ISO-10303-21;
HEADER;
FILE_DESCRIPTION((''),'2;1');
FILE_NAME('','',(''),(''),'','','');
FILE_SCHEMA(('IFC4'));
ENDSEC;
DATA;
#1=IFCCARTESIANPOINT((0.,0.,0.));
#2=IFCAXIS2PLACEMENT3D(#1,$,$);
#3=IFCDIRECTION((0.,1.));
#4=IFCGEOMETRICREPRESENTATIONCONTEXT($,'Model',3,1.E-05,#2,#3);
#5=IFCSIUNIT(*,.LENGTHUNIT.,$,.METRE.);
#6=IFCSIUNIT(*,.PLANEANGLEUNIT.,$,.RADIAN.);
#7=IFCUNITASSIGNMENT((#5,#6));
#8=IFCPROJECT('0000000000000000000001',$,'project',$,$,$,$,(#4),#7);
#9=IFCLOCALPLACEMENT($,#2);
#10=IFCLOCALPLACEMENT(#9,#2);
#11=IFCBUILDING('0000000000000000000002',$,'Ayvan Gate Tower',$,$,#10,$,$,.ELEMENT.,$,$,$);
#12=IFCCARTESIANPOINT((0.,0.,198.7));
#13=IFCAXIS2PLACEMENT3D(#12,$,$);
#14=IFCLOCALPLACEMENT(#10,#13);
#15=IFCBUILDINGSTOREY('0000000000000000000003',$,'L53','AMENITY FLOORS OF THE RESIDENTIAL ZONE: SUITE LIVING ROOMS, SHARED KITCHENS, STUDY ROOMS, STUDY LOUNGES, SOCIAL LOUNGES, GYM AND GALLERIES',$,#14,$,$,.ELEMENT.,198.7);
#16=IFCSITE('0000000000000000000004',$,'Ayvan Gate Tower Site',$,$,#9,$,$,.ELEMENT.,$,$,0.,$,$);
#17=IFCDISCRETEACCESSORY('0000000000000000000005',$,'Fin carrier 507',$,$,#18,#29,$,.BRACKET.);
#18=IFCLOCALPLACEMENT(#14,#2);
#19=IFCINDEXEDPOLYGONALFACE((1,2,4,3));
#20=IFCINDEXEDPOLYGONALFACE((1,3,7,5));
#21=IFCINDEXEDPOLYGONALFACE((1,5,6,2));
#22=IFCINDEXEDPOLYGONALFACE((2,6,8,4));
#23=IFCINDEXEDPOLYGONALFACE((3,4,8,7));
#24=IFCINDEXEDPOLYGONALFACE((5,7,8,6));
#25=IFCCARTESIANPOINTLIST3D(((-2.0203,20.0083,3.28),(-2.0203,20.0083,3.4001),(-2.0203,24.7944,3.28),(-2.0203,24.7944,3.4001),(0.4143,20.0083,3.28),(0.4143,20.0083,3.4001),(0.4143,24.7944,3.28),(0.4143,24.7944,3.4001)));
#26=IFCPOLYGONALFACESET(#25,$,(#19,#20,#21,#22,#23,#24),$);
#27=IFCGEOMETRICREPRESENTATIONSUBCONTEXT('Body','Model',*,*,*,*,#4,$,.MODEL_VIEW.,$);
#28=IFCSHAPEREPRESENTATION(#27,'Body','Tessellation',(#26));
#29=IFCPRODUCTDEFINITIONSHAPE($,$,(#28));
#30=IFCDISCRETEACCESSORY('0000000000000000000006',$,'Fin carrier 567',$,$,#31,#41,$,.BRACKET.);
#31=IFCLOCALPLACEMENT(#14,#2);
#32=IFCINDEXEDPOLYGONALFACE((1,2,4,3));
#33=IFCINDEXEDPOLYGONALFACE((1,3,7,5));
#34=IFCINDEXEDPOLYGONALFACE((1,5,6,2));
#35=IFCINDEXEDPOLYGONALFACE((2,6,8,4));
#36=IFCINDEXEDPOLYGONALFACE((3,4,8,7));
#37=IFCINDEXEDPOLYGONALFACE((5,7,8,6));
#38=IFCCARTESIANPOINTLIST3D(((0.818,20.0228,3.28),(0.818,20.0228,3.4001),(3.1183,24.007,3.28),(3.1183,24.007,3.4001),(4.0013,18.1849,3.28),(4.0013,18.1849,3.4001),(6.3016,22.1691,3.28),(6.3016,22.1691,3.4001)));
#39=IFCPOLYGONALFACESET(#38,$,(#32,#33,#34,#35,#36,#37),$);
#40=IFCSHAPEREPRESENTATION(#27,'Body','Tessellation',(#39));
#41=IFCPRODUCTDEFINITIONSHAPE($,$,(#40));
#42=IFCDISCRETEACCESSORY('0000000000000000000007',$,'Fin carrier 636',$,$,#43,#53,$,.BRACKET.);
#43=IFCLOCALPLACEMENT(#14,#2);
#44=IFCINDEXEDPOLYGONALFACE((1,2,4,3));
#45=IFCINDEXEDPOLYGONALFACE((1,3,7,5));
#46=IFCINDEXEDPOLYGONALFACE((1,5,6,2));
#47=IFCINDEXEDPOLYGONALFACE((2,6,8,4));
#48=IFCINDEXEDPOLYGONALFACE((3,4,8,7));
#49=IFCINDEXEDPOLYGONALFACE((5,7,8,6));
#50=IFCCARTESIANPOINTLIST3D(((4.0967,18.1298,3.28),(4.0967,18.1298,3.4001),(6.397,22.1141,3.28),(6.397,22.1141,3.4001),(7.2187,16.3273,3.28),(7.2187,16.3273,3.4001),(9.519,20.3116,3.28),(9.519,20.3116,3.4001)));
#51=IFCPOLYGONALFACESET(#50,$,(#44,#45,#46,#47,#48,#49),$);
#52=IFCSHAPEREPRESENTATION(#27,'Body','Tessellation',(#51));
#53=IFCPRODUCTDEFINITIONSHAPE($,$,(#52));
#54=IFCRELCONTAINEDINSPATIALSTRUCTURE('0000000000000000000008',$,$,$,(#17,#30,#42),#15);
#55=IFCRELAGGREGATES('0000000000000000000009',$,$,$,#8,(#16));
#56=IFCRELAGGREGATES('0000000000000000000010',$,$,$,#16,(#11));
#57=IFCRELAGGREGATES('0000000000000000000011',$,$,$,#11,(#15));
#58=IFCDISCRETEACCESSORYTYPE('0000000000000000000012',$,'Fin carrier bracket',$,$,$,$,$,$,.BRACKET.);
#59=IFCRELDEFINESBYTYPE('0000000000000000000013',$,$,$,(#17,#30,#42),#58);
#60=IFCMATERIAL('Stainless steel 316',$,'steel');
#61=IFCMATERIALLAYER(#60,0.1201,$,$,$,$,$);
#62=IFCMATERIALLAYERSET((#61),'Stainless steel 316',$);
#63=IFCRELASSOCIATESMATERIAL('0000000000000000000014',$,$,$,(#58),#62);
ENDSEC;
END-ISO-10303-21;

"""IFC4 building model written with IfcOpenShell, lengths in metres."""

from ifc_helpers import new_model, si_unit, direction, frame, origin, origin_2d, place, context, subcontext, project, spatial, rectangle, extrude, material, layer, layer_set, type_object, element, save


model = new_model("IFC4")

# Units and contexts
model_context = context("Model", 3, precision=1e-05, world=origin(), true_north=direction((0.0, 1.0)))
body_context = subcontext(model_context, "Body", "Model", "MODEL_VIEW")
ifc_project = project(units=[si_unit("LENGTHUNIT", "METRE"), si_unit("PLANEANGLEUNIT", "RADIAN")], contexts=[model_context])

# Site, building, storey
site_placement = place(None, origin())
site = spatial("IfcSite", under=ifc_project, at=site_placement, Name="Ayvan Gate Tower Site", CompositionType="ELEMENT", RefElevation=0.0)
building_placement = place(site_placement, origin())
building = spatial("IfcBuilding", under=site, at=building_placement, Name="Ayvan Gate Tower", CompositionType="ELEMENT")
storey_placement = place(building_placement, frame((0.0, 0.0, 198.7)))
storey = spatial("IfcBuildingStorey", under=building, at=storey_placement, Name="L53", Description="AMENITY FLOORS OF THE RESIDENTIAL ZONE: SUITE LIVING ROOMS, SHARED KITCHENS, STUDY ROOMS, STUDY LOUNGES, SOCIAL LOUNGES, GYM AND GALLERIES", CompositionType="ELEMENT", Elevation=198.7)

# Discrete accessories
ifc_material_1 = material(Name="Stainless steel 316", Category="steel")
ifc_layer_1 = layer(ifc_material_1, 0.1201)
ifc_layer_set_1 = layer_set([ifc_layer_1], Name="Stainless steel 316")
discrete_accessory_type = type_object("IfcDiscreteAccessoryType", Name="Fin carrier bracket", PredefinedType="BRACKET", material=ifc_layer_set_1)
discrete_accessory_1_placement = place(storey_placement, frame((-0.803, 22.4014, 3.28), z_axis=(0.0, 0.0, 1.0), x_axis=(-1.0, 0.0, 0.0)))
element("IfcDiscreteAccessory", 1, at=discrete_accessory_1_placement, inside=storey, type_object=discrete_accessory_type, Name="Fin carrier 507", PredefinedType="BRACKET", context=body_context, shape_type="SweptSolid", body=[
    extrude(rectangle(XDim=2.4346, YDim=4.7861, at=origin_2d()), origin(), (0.0, 0.0, 1.0), 0.1201),
])
discrete_accessory_2_placement = place(storey_placement, frame((3.5598, 21.0959, 3.28), z_axis=(0.0, 0.0, 1.0), x_axis=(-0.866025, 0.5, 0.0)))
element("IfcDiscreteAccessory", 2, at=discrete_accessory_2_placement, inside=storey, type_object=discrete_accessory_type, Name="Fin carrier 567", PredefinedType="BRACKET", context=body_context, shape_type="SweptSolid", body=[
    extrude(rectangle(XDim=3.6758, YDim=4.6006, at=origin_2d()), origin(), (0.0, 0.0, 1.0), 0.1201),
])
discrete_accessory_3_placement = place(storey_placement, frame((6.8079, 19.2207, 3.28), z_axis=(0.0, 0.0, 1.0), x_axis=(-0.866025, 0.5, 0.0)))
element("IfcDiscreteAccessory", 3, at=discrete_accessory_3_placement, inside=storey, type_object=discrete_accessory_type, Name="Fin carrier 636", PredefinedType="BRACKET", context=body_context, shape_type="SweptSolid", body=[
    extrude(rectangle(XDim=3.605, YDim=4.6006, at=origin_2d()), origin(), (0.0, 0.0, 1.0), 0.1201),
])

save(model, "model.ifc")
